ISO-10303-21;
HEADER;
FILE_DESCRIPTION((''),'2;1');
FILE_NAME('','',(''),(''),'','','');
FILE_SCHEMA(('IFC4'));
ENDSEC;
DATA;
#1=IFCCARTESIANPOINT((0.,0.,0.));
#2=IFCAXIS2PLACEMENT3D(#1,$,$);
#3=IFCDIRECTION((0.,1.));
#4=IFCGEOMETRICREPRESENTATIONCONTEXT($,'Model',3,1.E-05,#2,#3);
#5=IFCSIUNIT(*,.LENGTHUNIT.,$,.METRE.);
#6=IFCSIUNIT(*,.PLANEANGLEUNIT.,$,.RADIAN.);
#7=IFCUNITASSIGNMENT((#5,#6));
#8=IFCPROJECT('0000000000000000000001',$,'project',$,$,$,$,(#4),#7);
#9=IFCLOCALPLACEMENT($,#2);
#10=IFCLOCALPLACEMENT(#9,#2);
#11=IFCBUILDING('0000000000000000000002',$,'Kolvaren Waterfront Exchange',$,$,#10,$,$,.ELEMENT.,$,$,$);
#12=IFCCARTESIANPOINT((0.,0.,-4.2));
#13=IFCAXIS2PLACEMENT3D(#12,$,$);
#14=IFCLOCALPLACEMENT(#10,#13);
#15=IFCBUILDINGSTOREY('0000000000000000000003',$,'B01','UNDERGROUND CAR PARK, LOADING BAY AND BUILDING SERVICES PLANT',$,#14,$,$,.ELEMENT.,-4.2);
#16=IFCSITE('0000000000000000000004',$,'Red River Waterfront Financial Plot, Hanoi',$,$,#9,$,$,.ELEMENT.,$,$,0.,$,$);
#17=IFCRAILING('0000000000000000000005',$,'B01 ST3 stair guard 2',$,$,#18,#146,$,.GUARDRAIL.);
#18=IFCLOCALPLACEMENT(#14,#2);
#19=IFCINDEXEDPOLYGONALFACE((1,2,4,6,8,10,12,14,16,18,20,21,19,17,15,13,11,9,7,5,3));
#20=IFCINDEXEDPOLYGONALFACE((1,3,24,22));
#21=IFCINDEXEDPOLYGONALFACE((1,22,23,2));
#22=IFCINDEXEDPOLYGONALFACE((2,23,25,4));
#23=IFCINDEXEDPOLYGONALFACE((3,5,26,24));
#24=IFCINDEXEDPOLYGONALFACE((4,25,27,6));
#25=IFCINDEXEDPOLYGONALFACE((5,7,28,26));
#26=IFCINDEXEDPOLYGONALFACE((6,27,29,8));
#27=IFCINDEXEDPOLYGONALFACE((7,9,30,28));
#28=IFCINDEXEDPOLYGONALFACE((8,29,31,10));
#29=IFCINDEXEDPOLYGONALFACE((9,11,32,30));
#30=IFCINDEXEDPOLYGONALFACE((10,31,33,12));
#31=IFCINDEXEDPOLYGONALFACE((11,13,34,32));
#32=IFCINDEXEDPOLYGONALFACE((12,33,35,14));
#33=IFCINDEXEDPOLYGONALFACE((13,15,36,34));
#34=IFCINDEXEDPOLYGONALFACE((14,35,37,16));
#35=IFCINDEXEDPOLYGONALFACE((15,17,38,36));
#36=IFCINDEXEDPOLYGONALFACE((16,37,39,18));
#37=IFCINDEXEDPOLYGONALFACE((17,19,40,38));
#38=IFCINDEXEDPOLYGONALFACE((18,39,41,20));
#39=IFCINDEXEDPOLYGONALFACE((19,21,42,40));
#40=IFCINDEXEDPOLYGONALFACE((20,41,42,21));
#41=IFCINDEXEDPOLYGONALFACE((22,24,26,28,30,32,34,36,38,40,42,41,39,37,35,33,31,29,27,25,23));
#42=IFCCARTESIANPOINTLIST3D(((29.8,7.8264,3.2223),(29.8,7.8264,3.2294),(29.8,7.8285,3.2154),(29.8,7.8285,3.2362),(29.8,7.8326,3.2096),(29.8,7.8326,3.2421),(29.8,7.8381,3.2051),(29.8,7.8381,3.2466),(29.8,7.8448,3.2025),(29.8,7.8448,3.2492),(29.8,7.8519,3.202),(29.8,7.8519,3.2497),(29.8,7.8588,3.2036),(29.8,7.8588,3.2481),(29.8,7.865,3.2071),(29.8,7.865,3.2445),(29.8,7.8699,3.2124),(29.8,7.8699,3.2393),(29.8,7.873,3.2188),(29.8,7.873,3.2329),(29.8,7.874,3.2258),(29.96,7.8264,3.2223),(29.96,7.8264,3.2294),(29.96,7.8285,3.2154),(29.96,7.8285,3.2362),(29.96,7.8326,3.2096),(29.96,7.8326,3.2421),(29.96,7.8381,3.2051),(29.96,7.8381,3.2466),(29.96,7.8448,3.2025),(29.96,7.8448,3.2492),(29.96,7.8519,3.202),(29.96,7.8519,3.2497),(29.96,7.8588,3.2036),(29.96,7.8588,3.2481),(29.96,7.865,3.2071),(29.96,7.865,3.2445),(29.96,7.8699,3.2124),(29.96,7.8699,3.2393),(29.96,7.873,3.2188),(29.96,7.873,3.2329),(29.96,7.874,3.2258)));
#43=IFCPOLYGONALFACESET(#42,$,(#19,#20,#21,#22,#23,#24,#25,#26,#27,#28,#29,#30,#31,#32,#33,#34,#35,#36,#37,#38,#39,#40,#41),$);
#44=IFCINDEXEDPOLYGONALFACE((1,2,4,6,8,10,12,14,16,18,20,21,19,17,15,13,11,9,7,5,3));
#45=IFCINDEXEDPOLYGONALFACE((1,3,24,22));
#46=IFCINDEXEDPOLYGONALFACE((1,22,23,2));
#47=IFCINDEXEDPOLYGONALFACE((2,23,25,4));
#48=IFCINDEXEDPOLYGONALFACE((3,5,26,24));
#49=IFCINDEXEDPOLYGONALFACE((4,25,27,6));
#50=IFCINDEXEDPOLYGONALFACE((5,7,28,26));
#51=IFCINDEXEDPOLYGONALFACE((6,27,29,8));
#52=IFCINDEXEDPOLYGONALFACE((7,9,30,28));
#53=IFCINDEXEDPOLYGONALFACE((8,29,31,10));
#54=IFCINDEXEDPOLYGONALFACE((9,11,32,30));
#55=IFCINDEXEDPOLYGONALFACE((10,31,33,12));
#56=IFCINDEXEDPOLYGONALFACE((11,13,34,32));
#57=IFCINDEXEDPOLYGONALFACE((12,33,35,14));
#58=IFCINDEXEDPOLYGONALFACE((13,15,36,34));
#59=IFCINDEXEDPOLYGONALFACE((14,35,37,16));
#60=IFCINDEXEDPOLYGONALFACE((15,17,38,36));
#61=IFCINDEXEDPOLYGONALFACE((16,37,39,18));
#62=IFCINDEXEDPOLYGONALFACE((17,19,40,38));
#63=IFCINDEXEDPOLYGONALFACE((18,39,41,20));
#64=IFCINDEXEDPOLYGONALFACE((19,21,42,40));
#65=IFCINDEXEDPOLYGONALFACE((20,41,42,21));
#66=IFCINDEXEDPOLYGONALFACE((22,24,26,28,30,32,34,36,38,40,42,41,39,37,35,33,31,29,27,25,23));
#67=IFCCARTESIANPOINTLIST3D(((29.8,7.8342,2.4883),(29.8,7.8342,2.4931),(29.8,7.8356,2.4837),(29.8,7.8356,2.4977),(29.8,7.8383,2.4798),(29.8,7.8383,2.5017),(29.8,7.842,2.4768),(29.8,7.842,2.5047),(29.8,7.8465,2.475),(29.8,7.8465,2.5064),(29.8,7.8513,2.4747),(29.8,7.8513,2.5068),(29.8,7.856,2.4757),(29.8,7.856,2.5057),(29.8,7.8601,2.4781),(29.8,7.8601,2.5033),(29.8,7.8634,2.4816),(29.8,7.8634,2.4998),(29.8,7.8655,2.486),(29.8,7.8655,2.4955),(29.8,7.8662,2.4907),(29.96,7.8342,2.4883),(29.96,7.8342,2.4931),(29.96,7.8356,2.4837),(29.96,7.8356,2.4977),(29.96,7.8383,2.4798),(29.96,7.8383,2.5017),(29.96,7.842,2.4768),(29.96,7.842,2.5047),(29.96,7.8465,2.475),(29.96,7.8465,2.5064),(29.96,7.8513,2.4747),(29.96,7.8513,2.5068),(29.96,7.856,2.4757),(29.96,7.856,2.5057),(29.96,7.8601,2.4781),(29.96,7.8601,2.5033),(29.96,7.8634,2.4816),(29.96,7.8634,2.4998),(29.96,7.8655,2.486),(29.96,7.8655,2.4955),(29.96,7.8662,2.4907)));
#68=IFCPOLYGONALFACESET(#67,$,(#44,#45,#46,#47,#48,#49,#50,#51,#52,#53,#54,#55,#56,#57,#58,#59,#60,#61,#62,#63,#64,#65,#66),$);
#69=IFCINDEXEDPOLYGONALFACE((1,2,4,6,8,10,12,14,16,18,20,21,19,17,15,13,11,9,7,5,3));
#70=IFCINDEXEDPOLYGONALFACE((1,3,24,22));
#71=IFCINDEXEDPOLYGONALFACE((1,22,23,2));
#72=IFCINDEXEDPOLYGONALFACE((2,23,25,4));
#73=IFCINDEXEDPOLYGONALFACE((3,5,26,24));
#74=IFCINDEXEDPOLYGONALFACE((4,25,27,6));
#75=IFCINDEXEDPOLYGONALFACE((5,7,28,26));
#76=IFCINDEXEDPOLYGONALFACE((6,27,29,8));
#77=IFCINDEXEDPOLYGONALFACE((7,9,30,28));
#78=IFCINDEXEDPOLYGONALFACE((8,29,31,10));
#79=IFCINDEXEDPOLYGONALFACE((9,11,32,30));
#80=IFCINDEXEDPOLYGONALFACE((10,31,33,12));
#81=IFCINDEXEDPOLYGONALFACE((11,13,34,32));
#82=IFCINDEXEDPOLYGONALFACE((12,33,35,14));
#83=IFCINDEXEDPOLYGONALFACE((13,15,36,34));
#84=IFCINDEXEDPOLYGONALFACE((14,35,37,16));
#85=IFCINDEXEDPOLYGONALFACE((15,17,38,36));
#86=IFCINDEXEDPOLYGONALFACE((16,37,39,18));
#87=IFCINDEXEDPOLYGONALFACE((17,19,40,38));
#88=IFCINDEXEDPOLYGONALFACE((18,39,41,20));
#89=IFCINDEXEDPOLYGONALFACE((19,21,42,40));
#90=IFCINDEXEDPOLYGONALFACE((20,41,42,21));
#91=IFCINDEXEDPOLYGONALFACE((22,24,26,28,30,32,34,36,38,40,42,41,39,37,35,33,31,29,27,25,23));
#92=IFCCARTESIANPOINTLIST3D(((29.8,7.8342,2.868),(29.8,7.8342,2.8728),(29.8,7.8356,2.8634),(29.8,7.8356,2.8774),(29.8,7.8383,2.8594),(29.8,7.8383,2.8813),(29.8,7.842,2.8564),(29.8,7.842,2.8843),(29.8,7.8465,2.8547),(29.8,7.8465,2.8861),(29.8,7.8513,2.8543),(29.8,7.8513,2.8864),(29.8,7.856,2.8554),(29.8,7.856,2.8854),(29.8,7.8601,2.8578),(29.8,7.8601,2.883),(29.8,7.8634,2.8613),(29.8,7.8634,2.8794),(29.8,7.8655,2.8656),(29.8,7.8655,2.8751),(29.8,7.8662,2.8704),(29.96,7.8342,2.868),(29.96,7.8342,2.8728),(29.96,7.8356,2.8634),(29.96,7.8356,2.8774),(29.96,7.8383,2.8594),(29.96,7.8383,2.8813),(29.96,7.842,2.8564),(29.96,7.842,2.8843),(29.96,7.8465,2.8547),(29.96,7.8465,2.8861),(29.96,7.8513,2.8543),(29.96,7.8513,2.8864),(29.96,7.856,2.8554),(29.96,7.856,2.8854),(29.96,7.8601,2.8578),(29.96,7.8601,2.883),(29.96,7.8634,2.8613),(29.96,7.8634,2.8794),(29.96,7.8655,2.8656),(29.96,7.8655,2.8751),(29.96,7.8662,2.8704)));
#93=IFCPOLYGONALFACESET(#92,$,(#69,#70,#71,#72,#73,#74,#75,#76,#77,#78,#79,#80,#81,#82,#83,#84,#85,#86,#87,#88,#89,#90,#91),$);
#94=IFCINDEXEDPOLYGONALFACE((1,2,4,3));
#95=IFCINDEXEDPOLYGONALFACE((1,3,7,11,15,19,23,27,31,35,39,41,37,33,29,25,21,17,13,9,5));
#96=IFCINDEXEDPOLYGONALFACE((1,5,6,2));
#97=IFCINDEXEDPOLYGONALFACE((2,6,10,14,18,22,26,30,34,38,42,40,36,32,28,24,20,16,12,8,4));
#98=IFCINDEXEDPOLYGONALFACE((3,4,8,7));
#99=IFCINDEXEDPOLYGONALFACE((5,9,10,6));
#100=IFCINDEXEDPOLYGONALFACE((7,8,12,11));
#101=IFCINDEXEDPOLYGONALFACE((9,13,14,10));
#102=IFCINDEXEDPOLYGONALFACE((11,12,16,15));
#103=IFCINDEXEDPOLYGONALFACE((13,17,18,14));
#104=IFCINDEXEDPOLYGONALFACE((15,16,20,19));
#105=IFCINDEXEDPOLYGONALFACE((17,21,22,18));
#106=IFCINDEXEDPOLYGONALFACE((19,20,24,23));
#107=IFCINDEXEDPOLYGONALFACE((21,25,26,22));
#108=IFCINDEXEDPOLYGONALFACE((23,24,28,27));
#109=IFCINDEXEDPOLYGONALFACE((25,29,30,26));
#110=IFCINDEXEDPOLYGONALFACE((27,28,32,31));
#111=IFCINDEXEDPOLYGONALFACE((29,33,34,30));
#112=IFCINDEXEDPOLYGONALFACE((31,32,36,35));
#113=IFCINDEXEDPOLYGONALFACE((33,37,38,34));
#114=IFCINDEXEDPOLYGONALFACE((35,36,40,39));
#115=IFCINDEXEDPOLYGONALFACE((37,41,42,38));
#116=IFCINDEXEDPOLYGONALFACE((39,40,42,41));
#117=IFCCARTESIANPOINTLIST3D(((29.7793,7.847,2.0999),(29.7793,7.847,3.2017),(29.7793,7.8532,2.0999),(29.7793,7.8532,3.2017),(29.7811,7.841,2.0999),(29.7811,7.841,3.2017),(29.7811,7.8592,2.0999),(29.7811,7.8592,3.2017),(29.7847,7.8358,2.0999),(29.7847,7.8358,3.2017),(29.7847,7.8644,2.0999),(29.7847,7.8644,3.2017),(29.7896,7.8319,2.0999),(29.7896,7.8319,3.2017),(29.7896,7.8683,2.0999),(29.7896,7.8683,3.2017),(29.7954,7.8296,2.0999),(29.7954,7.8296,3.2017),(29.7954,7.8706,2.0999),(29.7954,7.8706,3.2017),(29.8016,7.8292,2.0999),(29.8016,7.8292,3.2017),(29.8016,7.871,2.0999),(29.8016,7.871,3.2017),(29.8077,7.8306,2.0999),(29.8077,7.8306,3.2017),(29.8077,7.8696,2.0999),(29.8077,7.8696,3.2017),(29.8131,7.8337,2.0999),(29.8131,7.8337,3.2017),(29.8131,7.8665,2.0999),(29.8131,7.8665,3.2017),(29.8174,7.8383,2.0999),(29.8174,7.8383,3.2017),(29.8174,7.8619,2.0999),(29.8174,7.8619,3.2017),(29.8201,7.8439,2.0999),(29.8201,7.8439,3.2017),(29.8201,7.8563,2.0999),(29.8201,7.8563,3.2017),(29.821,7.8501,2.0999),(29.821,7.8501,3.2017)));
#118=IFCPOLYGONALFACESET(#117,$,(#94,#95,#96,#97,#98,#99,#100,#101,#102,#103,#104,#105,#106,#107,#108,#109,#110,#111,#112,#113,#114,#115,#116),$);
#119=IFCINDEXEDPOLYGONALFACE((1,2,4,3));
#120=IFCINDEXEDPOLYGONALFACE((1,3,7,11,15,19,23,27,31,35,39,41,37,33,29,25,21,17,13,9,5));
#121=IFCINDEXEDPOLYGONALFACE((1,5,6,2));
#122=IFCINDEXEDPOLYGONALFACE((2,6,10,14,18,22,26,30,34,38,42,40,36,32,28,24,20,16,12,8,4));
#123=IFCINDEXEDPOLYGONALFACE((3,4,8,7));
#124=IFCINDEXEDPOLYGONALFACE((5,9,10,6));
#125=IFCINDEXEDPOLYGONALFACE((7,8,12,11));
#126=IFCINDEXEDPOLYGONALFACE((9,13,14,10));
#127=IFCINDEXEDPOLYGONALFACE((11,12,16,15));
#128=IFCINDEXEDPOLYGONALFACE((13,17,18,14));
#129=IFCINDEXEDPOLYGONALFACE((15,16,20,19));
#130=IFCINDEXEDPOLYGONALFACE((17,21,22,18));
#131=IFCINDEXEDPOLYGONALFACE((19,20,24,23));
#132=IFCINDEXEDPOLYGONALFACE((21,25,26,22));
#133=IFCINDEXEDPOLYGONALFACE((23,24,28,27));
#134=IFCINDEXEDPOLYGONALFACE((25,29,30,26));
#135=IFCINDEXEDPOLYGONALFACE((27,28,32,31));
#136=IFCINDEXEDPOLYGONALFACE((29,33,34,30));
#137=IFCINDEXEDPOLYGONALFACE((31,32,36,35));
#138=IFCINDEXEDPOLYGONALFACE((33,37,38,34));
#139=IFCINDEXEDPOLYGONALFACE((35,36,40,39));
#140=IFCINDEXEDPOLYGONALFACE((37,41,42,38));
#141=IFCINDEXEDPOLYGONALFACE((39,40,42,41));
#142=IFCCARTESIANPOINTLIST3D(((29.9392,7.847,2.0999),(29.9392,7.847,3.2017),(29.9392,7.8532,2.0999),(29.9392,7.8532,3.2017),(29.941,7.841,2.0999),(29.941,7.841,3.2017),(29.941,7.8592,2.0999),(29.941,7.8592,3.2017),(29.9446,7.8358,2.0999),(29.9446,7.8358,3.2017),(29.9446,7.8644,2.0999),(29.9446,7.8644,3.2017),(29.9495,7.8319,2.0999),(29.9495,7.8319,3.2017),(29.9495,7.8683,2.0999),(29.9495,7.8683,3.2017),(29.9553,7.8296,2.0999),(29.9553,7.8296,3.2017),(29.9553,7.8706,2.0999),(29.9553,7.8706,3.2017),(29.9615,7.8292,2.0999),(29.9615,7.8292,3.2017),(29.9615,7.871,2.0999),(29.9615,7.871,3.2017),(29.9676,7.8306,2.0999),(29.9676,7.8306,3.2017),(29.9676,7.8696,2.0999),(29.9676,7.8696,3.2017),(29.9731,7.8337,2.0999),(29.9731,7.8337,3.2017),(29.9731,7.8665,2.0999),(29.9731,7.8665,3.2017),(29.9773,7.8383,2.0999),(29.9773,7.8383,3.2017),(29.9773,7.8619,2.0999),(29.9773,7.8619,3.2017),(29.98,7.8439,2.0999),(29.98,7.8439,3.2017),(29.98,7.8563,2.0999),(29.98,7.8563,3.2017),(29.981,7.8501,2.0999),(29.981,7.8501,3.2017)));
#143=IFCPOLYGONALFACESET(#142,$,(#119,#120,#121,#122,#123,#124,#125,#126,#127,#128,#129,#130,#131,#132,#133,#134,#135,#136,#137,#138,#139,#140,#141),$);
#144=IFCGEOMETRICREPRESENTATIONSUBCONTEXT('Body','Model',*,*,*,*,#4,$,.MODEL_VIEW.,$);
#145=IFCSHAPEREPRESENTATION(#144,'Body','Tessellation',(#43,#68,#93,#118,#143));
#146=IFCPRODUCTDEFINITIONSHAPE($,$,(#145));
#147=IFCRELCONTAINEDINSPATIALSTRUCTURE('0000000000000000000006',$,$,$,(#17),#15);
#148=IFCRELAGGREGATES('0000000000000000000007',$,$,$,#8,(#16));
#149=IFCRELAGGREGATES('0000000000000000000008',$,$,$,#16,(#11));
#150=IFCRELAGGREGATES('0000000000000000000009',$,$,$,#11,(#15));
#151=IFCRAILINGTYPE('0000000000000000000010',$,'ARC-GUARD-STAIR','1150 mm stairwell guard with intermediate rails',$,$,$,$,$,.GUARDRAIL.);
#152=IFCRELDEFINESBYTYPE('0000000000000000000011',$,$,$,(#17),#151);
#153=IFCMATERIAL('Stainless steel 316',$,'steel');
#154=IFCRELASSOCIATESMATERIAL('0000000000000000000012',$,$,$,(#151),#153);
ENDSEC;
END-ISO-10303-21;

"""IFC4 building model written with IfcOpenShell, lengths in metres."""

from ifc_helpers import new_model, si_unit, direction, frame, origin, origin_2d, place, context, subcontext, project, spatial, circle, extrude, material, type_object, element, save


model = new_model("IFC4")

# Units and contexts
model_context = context("Model", 3, precision=1e-05, world=origin(), true_north=direction((0.0, 1.0)))
body_context = subcontext(model_context, "Body", "Model", "MODEL_VIEW")
ifc_project = project(units=[si_unit("LENGTHUNIT", "METRE"), si_unit("PLANEANGLEUNIT", "RADIAN")], contexts=[model_context])

# Site, building, storey
site_placement = place(None, origin())
site = spatial("IfcSite", under=ifc_project, at=site_placement, Name="Red River Waterfront Financial Plot, Hanoi", CompositionType="ELEMENT", RefElevation=0.0)
building_placement = place(site_placement, origin())
building = spatial("IfcBuilding", under=site, at=building_placement, Name="Kolvaren Waterfront Exchange", CompositionType="ELEMENT")
storey_placement = place(building_placement, frame((0.0, 0.0, -4.2)))
storey = spatial("IfcBuildingStorey", under=building, at=storey_placement, Name="B01", Description="UNDERGROUND CAR PARK, LOADING BAY AND BUILDING SERVICES PLANT", CompositionType="ELEMENT", Elevation=-4.2)

# Railing
ifc_material_1 = material(Name="Stainless steel 316", Category="steel")
railing_type_1 = type_object("IfcRailingType", Name="ARC-GUARD-STAIR", Description="1150 mm stairwell guard with intermediate rails", PredefinedType="GUARDRAIL", material=ifc_material_1)
railing_1_placement = place(storey_placement, frame((29.8, 7.8501, 2.0999)))
element("IfcRailing", 1, at=railing_1_placement, inside=storey, type_object=railing_type_1, Name="B01 ST3 stair guard 2", PredefinedType="GUARDRAIL", context=body_context, shape_type="SweptSolid", body=[
    extrude(circle(Radius=0.0239, at=origin_2d()), frame((0.0, 0.0, 1.126), z_axis=(1.0, 0.0, 0.0), x_axis=(0.0, 1.0, 0.0)), (0.0, 0.0, 1.0), 0.1599),
    extrude(circle(Radius=0.0161, at=origin_2d()), frame((0.0, 0.0, 0.3909), z_axis=(1.0, 0.0, 0.0), x_axis=(0.0, 1.0, 0.0)), (0.0, 0.0, 1.0), 0.1599),
    extrude(circle(Radius=0.0161, at=origin_2d()), frame((0.0, 0.0, 0.7705), z_axis=(1.0, 0.0, 0.0), x_axis=(0.0, 1.0, 0.0)), (0.0, 0.0, 1.0), 0.1599),
    extrude(circle(Radius=0.021, at=origin_2d()), origin(), (0.0, 0.0, 1.0), 1.1018),
    extrude(circle(Radius=0.021, at=origin_2d()), frame((0.1599, 0.0, 0.0)), (0.0, 0.0, 1.0), 1.1018),
])

save(model, "model.ifc")
